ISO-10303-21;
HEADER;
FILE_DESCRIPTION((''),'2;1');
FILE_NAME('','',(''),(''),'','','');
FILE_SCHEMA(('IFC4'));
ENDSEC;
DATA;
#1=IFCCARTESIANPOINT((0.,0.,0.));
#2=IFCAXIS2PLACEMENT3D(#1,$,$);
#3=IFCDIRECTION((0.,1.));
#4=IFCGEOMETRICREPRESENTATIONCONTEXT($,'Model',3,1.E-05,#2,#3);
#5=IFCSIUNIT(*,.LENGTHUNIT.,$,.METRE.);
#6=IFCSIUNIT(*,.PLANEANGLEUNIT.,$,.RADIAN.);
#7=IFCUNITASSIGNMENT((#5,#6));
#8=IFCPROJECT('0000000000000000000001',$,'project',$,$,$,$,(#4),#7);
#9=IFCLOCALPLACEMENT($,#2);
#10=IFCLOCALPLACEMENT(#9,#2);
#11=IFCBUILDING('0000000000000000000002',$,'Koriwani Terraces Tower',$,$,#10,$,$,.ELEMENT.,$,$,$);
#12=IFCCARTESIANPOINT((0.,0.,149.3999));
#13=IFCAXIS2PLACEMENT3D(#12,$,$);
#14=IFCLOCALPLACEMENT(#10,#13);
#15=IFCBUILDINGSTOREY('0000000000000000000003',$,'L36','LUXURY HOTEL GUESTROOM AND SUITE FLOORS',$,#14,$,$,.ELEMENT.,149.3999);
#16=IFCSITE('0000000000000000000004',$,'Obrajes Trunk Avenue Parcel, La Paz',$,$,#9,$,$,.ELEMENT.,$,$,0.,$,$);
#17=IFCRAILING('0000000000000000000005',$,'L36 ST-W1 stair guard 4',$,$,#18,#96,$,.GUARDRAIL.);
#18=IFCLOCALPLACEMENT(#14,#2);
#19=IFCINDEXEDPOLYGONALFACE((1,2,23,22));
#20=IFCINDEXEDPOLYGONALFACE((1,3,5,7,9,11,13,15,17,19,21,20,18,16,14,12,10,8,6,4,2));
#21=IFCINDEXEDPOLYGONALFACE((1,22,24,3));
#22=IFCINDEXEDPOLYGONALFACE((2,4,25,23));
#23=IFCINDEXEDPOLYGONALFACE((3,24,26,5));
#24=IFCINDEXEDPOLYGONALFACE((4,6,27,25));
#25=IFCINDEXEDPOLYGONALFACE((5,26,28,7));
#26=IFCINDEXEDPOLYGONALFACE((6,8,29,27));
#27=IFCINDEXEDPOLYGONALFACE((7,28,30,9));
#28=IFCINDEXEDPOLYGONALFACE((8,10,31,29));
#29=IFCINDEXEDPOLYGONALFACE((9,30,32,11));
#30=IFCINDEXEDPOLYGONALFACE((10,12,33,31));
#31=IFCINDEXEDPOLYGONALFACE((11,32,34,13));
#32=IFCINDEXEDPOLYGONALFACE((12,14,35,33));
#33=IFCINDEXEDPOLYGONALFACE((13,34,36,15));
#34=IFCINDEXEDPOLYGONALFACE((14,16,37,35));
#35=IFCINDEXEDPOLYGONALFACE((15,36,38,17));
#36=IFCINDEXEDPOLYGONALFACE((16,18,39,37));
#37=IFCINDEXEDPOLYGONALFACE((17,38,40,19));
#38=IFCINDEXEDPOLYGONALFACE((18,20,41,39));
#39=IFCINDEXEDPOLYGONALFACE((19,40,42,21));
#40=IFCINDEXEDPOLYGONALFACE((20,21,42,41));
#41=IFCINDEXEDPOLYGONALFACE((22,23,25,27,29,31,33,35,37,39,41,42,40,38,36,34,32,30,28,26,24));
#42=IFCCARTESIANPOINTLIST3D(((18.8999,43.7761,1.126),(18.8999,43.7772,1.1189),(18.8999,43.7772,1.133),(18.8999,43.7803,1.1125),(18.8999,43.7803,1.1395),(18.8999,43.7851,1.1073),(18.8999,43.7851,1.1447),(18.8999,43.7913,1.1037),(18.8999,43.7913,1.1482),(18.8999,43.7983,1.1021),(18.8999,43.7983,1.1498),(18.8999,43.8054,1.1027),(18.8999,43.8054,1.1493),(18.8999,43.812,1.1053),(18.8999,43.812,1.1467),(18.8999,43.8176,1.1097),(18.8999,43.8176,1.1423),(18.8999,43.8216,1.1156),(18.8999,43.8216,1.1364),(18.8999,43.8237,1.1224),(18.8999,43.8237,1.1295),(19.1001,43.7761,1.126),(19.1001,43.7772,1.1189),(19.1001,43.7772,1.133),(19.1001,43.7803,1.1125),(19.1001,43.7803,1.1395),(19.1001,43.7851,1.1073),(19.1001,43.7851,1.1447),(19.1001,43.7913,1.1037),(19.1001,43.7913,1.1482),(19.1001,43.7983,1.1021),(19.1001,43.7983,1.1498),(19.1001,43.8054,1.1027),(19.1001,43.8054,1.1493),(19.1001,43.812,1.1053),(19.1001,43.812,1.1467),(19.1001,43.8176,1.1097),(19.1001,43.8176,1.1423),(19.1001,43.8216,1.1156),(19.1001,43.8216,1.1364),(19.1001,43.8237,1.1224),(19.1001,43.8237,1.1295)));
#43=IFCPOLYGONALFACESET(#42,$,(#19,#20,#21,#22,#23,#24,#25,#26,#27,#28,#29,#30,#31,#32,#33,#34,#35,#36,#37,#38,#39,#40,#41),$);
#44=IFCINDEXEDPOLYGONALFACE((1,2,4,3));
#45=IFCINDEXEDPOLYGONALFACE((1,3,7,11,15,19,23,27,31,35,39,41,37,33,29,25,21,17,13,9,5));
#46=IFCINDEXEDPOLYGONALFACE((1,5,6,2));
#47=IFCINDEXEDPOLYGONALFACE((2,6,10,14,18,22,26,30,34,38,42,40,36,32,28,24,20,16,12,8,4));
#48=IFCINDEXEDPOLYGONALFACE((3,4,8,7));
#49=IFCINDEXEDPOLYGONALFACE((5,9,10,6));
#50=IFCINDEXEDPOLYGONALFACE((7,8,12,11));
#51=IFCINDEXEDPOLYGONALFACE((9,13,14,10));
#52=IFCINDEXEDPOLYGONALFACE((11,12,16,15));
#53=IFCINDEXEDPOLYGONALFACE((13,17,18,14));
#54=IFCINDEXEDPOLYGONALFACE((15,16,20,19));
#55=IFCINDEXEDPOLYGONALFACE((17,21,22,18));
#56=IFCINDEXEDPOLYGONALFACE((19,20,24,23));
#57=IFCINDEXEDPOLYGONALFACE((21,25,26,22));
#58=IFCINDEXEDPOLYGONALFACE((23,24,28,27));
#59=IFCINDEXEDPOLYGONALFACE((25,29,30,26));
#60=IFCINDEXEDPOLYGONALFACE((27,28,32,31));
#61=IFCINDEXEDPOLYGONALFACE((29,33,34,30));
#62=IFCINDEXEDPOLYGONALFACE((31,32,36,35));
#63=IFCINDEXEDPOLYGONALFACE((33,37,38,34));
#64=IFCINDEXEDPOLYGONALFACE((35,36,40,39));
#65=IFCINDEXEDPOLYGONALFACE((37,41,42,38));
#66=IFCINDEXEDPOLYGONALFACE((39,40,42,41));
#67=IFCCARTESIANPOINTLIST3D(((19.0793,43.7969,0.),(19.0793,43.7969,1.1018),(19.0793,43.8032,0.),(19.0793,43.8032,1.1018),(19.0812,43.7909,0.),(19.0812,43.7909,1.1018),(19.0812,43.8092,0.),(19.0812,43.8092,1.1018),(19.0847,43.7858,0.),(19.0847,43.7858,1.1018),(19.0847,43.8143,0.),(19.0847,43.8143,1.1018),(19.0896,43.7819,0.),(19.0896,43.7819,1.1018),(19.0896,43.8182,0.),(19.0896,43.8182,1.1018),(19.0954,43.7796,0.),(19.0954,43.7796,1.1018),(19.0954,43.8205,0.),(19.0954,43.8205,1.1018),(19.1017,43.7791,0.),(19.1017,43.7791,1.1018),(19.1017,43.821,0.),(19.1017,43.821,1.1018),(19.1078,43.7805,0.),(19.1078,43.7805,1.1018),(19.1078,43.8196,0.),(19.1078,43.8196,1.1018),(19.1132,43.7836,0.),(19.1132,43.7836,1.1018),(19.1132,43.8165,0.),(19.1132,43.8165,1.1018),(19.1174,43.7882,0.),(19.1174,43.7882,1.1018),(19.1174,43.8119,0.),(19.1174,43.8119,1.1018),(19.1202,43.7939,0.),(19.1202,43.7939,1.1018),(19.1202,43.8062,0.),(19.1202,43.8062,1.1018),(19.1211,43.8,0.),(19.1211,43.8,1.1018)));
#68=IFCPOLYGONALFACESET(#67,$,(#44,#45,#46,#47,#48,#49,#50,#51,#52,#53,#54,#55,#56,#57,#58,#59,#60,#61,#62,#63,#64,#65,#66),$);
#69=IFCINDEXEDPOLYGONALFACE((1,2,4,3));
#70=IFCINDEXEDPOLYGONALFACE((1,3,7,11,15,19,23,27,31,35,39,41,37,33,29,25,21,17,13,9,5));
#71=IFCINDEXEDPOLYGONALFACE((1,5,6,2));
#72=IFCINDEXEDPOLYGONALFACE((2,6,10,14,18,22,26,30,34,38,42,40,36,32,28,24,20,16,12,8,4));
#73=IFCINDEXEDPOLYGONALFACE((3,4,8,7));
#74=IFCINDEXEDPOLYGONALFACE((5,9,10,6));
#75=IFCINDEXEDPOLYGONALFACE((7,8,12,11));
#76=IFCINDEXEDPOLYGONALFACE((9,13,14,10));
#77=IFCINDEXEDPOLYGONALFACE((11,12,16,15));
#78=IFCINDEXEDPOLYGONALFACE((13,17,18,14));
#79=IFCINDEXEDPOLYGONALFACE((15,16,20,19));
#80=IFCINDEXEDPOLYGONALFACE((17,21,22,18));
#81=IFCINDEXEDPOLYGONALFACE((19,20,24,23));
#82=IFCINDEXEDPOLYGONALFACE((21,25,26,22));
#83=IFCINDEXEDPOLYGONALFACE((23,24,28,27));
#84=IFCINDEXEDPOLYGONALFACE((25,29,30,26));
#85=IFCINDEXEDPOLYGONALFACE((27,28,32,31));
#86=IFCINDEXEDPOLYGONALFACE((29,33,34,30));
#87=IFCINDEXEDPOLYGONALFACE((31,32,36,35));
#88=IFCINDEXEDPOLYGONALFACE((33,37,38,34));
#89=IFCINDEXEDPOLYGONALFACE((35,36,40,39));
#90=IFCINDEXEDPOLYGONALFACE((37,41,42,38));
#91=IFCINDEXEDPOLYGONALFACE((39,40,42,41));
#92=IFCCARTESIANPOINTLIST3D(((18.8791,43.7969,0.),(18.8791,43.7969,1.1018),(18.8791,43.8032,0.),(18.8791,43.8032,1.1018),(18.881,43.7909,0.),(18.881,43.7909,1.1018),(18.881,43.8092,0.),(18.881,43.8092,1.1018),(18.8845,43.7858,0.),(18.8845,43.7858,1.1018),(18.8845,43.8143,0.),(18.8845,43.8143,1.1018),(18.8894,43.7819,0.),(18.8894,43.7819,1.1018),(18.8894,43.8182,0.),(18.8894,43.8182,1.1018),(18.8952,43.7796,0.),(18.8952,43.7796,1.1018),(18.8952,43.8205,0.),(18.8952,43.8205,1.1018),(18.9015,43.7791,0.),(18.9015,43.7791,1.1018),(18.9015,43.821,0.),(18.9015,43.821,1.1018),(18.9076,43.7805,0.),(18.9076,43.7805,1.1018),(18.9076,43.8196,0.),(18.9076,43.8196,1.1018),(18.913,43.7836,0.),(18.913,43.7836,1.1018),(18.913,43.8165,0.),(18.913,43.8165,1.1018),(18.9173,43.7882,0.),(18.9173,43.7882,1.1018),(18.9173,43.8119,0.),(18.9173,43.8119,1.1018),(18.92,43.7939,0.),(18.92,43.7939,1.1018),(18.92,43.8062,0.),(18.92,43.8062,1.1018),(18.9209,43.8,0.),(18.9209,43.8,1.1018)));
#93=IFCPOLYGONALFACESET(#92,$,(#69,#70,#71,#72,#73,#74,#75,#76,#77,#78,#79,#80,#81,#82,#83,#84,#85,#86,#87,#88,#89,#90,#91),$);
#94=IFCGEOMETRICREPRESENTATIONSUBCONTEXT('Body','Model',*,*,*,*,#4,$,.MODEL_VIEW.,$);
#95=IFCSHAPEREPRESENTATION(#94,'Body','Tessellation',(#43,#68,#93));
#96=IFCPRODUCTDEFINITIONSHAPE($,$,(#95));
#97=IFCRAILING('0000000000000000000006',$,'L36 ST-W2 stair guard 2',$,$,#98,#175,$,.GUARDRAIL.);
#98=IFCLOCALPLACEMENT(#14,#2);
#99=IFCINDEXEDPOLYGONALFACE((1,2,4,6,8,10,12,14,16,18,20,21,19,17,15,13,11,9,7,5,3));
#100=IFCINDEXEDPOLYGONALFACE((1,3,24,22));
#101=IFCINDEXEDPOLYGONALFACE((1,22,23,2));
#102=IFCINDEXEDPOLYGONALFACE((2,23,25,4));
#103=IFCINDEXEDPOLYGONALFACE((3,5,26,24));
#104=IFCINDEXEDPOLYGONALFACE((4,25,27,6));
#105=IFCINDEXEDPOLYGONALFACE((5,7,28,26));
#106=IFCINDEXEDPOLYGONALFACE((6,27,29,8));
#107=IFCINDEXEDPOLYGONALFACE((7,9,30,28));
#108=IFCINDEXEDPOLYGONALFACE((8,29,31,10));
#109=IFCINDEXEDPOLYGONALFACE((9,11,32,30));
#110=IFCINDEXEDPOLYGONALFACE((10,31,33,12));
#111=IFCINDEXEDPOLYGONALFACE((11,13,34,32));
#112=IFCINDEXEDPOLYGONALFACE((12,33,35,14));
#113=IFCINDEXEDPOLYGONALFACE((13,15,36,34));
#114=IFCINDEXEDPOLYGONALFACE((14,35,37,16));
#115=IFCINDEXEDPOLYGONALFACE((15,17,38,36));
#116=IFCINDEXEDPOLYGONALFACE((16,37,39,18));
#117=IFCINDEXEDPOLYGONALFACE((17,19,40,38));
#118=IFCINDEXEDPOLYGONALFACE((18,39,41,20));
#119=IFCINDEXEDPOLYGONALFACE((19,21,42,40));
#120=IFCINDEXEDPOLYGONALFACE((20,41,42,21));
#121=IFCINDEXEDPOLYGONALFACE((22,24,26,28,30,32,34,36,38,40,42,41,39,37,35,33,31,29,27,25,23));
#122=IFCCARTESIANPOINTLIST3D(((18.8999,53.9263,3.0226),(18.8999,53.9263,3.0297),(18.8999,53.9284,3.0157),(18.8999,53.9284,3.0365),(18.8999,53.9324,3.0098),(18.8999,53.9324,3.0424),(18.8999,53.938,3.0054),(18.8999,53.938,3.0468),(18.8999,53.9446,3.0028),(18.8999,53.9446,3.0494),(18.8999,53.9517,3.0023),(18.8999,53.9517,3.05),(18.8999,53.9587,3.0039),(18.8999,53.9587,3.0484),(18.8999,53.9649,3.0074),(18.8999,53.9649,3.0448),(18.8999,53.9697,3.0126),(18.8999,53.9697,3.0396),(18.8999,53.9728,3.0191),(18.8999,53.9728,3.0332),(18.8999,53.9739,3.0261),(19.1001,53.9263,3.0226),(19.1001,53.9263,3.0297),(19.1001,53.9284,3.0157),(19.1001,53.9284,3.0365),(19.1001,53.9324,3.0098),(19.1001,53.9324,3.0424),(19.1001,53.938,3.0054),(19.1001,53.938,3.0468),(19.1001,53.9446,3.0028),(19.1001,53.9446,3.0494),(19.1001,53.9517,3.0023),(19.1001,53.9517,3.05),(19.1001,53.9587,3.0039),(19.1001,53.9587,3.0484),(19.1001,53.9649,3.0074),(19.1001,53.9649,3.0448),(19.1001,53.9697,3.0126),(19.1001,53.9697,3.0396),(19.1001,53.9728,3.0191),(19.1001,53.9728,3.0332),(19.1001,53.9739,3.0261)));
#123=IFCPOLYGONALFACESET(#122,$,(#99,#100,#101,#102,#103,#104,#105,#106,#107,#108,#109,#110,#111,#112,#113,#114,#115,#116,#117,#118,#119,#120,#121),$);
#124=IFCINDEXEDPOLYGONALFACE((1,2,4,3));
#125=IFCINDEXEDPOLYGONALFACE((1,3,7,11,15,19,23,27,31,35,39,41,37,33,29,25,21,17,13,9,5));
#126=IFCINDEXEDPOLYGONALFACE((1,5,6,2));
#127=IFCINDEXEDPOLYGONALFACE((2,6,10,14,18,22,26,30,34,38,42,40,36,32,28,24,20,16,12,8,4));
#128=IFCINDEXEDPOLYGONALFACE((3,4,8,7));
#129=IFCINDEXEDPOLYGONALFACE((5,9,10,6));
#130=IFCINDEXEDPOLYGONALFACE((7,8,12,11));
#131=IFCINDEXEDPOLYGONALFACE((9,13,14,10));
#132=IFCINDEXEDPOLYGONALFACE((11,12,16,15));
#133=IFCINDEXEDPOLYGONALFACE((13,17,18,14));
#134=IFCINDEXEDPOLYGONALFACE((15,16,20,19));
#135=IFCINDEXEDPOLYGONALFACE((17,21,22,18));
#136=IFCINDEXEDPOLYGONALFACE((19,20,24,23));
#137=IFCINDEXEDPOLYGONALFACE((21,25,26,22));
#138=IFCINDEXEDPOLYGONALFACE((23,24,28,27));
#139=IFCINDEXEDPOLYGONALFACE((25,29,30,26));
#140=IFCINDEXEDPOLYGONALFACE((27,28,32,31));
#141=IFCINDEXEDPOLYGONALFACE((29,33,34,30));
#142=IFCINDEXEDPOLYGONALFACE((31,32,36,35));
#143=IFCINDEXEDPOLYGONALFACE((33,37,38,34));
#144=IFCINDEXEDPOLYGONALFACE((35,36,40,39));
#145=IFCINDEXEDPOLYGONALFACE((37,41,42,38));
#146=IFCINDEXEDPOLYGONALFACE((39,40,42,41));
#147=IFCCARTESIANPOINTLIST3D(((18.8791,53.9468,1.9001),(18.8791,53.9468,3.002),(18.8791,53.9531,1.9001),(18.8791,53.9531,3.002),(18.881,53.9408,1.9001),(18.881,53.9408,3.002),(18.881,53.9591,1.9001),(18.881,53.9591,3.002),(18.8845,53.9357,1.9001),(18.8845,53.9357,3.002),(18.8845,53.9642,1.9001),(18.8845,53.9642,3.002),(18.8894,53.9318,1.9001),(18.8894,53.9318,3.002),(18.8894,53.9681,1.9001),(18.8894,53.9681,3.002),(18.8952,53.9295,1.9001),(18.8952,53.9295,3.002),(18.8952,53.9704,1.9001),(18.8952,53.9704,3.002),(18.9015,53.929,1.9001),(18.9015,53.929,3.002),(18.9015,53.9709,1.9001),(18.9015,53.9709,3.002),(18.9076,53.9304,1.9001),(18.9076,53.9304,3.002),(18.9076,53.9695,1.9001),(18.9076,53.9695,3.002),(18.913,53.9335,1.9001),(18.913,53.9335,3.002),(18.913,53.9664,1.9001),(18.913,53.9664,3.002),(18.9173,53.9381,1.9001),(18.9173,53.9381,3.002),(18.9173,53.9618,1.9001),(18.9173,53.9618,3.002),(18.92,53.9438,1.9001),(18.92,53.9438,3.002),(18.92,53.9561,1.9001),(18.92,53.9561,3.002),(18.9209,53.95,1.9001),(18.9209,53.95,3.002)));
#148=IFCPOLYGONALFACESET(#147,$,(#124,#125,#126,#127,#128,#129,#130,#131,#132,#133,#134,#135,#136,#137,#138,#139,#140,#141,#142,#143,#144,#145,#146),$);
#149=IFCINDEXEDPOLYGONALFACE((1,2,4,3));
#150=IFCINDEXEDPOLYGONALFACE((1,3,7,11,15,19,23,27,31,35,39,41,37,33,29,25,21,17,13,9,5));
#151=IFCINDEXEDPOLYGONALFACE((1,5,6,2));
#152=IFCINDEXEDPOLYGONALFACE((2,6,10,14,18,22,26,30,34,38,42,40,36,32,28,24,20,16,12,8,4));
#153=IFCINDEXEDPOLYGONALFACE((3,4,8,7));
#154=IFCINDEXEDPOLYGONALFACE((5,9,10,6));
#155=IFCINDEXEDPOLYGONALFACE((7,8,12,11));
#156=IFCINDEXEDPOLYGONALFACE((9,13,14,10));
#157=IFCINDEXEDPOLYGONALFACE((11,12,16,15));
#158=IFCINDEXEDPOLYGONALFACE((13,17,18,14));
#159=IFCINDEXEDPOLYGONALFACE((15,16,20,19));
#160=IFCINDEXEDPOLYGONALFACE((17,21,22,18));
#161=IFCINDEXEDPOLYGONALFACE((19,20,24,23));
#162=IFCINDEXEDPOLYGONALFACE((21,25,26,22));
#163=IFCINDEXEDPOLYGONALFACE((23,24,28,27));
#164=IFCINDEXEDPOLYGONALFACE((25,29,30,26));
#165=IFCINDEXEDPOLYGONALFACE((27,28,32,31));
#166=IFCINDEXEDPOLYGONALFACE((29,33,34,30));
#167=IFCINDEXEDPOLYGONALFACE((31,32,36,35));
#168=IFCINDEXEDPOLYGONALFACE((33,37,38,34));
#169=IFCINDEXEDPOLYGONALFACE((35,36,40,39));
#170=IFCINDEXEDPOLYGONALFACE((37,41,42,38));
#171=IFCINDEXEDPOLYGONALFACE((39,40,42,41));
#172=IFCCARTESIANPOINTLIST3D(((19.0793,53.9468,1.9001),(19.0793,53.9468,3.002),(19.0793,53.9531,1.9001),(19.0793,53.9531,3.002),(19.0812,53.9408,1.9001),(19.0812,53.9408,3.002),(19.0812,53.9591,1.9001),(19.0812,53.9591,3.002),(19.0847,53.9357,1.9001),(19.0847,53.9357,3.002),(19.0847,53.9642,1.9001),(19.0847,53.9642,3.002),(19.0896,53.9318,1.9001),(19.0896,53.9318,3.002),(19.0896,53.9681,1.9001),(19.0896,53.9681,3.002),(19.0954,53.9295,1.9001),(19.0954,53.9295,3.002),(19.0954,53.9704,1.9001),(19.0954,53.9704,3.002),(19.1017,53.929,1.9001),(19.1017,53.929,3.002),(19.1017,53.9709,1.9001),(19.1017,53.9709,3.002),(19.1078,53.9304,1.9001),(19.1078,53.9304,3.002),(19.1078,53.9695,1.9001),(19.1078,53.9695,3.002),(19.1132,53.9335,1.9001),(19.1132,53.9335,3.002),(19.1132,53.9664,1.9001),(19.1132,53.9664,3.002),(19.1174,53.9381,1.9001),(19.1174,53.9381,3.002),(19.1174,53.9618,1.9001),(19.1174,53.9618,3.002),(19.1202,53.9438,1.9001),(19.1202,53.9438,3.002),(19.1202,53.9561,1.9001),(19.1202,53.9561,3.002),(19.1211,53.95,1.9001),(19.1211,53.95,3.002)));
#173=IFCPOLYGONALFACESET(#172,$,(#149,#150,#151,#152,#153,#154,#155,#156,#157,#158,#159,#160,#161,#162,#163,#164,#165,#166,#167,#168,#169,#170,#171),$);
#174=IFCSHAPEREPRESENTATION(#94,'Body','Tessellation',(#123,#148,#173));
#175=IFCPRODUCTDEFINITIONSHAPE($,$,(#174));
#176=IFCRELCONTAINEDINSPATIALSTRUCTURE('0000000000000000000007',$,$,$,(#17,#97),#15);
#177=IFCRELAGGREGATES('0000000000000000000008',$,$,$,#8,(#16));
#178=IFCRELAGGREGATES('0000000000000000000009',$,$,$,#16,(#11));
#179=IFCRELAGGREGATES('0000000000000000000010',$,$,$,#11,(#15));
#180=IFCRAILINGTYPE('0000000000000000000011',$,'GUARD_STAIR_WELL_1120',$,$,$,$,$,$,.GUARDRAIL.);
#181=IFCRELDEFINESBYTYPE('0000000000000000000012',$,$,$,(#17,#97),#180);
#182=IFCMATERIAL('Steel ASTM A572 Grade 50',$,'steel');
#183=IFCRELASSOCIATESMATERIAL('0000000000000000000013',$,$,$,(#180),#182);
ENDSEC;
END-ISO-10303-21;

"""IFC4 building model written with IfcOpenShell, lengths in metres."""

from ifc_helpers import new_model, si_unit, direction, frame, origin, origin_2d, place, context, subcontext, project, spatial, circle, extrude, material, type_object, element, save


model = new_model("IFC4")

# Units and contexts
model_context = context("Model", 3, precision=1e-05, world=origin(), true_north=direction((0.0, 1.0)))
body_context = subcontext(model_context, "Body", "Model", "MODEL_VIEW")
ifc_project = project(units=[si_unit("LENGTHUNIT", "METRE"), si_unit("PLANEANGLEUNIT", "RADIAN")], contexts=[model_context])

# Site, building, storey
site_placement = place(None, origin())
site = spatial("IfcSite", under=ifc_project, at=site_placement, Name="Obrajes Trunk Avenue Parcel, La Paz", CompositionType="ELEMENT", RefElevation=0.0)
building_placement = place(site_placement, origin())
building = spatial("IfcBuilding", under=site, at=building_placement, Name="Koriwani Terraces Tower", CompositionType="ELEMENT")
storey_placement = place(building_placement, frame((0.0, 0.0, 149.3999)))
storey = spatial("IfcBuildingStorey", under=building, at=storey_placement, Name="L36", Description="LUXURY HOTEL GUESTROOM AND SUITE FLOORS", CompositionType="ELEMENT", Elevation=149.3999)

# Shared definitions
ifc_material_1 = material(Name="Steel ASTM A572 Grade 50", Category="steel")

# Railings
railing_type_1 = type_object("IfcRailingType", Name="GUARD_STAIR_WELL_1120", PredefinedType="GUARDRAIL", material=ifc_material_1)
railing_1_placement = place(storey_placement, frame((19.1001, 43.8, 0.0)))
element("IfcRailing", 1, at=railing_1_placement, inside=storey, type_object=railing_type_1, Name="L36 ST-W1 stair guard 4", PredefinedType="GUARDRAIL", context=body_context, shape_type="SweptSolid", body=[
    extrude(circle(Radius=0.0239, at=origin_2d()), frame((0.0, 0.0, 1.126), z_axis=(-1.0, 0.0, 0.0), x_axis=(0.0, -1.0, 0.0)), (0.0, 0.0, 1.0), 0.2002),
    extrude(circle(Radius=0.021, at=origin_2d()), origin(), (0.0, 0.0, 1.0), 1.1018),
    extrude(circle(Radius=0.021, at=origin_2d()), frame((-0.2002, 0.0, 0.0)), (0.0, 0.0, 1.0), 1.1018),
])
railing_2_placement = place(storey_placement, frame((18.8999, 53.95, 1.9001)))
element("IfcRailing", 2, at=railing_2_placement, inside=storey, type_object=railing_type_1, Name="L36 ST-W2 stair guard 2", PredefinedType="GUARDRAIL", context=body_context, shape_type="SweptSolid", body=[
    extrude(circle(Radius=0.0239, at=origin_2d()), frame((0.0, 0.0, 1.126), z_axis=(1.0, 0.0, 0.0), x_axis=(0.0, 1.0, 0.0)), (0.0, 0.0, 1.0), 0.2002),
    extrude(circle(Radius=0.021, at=origin_2d()), origin(), (0.0, 0.0, 1.0), 1.1018),
    extrude(circle(Radius=0.021, at=origin_2d()), frame((0.2002, 0.0, 0.0)), (0.0, 0.0, 1.0), 1.1018),
])

save(model, "model.ifc")
